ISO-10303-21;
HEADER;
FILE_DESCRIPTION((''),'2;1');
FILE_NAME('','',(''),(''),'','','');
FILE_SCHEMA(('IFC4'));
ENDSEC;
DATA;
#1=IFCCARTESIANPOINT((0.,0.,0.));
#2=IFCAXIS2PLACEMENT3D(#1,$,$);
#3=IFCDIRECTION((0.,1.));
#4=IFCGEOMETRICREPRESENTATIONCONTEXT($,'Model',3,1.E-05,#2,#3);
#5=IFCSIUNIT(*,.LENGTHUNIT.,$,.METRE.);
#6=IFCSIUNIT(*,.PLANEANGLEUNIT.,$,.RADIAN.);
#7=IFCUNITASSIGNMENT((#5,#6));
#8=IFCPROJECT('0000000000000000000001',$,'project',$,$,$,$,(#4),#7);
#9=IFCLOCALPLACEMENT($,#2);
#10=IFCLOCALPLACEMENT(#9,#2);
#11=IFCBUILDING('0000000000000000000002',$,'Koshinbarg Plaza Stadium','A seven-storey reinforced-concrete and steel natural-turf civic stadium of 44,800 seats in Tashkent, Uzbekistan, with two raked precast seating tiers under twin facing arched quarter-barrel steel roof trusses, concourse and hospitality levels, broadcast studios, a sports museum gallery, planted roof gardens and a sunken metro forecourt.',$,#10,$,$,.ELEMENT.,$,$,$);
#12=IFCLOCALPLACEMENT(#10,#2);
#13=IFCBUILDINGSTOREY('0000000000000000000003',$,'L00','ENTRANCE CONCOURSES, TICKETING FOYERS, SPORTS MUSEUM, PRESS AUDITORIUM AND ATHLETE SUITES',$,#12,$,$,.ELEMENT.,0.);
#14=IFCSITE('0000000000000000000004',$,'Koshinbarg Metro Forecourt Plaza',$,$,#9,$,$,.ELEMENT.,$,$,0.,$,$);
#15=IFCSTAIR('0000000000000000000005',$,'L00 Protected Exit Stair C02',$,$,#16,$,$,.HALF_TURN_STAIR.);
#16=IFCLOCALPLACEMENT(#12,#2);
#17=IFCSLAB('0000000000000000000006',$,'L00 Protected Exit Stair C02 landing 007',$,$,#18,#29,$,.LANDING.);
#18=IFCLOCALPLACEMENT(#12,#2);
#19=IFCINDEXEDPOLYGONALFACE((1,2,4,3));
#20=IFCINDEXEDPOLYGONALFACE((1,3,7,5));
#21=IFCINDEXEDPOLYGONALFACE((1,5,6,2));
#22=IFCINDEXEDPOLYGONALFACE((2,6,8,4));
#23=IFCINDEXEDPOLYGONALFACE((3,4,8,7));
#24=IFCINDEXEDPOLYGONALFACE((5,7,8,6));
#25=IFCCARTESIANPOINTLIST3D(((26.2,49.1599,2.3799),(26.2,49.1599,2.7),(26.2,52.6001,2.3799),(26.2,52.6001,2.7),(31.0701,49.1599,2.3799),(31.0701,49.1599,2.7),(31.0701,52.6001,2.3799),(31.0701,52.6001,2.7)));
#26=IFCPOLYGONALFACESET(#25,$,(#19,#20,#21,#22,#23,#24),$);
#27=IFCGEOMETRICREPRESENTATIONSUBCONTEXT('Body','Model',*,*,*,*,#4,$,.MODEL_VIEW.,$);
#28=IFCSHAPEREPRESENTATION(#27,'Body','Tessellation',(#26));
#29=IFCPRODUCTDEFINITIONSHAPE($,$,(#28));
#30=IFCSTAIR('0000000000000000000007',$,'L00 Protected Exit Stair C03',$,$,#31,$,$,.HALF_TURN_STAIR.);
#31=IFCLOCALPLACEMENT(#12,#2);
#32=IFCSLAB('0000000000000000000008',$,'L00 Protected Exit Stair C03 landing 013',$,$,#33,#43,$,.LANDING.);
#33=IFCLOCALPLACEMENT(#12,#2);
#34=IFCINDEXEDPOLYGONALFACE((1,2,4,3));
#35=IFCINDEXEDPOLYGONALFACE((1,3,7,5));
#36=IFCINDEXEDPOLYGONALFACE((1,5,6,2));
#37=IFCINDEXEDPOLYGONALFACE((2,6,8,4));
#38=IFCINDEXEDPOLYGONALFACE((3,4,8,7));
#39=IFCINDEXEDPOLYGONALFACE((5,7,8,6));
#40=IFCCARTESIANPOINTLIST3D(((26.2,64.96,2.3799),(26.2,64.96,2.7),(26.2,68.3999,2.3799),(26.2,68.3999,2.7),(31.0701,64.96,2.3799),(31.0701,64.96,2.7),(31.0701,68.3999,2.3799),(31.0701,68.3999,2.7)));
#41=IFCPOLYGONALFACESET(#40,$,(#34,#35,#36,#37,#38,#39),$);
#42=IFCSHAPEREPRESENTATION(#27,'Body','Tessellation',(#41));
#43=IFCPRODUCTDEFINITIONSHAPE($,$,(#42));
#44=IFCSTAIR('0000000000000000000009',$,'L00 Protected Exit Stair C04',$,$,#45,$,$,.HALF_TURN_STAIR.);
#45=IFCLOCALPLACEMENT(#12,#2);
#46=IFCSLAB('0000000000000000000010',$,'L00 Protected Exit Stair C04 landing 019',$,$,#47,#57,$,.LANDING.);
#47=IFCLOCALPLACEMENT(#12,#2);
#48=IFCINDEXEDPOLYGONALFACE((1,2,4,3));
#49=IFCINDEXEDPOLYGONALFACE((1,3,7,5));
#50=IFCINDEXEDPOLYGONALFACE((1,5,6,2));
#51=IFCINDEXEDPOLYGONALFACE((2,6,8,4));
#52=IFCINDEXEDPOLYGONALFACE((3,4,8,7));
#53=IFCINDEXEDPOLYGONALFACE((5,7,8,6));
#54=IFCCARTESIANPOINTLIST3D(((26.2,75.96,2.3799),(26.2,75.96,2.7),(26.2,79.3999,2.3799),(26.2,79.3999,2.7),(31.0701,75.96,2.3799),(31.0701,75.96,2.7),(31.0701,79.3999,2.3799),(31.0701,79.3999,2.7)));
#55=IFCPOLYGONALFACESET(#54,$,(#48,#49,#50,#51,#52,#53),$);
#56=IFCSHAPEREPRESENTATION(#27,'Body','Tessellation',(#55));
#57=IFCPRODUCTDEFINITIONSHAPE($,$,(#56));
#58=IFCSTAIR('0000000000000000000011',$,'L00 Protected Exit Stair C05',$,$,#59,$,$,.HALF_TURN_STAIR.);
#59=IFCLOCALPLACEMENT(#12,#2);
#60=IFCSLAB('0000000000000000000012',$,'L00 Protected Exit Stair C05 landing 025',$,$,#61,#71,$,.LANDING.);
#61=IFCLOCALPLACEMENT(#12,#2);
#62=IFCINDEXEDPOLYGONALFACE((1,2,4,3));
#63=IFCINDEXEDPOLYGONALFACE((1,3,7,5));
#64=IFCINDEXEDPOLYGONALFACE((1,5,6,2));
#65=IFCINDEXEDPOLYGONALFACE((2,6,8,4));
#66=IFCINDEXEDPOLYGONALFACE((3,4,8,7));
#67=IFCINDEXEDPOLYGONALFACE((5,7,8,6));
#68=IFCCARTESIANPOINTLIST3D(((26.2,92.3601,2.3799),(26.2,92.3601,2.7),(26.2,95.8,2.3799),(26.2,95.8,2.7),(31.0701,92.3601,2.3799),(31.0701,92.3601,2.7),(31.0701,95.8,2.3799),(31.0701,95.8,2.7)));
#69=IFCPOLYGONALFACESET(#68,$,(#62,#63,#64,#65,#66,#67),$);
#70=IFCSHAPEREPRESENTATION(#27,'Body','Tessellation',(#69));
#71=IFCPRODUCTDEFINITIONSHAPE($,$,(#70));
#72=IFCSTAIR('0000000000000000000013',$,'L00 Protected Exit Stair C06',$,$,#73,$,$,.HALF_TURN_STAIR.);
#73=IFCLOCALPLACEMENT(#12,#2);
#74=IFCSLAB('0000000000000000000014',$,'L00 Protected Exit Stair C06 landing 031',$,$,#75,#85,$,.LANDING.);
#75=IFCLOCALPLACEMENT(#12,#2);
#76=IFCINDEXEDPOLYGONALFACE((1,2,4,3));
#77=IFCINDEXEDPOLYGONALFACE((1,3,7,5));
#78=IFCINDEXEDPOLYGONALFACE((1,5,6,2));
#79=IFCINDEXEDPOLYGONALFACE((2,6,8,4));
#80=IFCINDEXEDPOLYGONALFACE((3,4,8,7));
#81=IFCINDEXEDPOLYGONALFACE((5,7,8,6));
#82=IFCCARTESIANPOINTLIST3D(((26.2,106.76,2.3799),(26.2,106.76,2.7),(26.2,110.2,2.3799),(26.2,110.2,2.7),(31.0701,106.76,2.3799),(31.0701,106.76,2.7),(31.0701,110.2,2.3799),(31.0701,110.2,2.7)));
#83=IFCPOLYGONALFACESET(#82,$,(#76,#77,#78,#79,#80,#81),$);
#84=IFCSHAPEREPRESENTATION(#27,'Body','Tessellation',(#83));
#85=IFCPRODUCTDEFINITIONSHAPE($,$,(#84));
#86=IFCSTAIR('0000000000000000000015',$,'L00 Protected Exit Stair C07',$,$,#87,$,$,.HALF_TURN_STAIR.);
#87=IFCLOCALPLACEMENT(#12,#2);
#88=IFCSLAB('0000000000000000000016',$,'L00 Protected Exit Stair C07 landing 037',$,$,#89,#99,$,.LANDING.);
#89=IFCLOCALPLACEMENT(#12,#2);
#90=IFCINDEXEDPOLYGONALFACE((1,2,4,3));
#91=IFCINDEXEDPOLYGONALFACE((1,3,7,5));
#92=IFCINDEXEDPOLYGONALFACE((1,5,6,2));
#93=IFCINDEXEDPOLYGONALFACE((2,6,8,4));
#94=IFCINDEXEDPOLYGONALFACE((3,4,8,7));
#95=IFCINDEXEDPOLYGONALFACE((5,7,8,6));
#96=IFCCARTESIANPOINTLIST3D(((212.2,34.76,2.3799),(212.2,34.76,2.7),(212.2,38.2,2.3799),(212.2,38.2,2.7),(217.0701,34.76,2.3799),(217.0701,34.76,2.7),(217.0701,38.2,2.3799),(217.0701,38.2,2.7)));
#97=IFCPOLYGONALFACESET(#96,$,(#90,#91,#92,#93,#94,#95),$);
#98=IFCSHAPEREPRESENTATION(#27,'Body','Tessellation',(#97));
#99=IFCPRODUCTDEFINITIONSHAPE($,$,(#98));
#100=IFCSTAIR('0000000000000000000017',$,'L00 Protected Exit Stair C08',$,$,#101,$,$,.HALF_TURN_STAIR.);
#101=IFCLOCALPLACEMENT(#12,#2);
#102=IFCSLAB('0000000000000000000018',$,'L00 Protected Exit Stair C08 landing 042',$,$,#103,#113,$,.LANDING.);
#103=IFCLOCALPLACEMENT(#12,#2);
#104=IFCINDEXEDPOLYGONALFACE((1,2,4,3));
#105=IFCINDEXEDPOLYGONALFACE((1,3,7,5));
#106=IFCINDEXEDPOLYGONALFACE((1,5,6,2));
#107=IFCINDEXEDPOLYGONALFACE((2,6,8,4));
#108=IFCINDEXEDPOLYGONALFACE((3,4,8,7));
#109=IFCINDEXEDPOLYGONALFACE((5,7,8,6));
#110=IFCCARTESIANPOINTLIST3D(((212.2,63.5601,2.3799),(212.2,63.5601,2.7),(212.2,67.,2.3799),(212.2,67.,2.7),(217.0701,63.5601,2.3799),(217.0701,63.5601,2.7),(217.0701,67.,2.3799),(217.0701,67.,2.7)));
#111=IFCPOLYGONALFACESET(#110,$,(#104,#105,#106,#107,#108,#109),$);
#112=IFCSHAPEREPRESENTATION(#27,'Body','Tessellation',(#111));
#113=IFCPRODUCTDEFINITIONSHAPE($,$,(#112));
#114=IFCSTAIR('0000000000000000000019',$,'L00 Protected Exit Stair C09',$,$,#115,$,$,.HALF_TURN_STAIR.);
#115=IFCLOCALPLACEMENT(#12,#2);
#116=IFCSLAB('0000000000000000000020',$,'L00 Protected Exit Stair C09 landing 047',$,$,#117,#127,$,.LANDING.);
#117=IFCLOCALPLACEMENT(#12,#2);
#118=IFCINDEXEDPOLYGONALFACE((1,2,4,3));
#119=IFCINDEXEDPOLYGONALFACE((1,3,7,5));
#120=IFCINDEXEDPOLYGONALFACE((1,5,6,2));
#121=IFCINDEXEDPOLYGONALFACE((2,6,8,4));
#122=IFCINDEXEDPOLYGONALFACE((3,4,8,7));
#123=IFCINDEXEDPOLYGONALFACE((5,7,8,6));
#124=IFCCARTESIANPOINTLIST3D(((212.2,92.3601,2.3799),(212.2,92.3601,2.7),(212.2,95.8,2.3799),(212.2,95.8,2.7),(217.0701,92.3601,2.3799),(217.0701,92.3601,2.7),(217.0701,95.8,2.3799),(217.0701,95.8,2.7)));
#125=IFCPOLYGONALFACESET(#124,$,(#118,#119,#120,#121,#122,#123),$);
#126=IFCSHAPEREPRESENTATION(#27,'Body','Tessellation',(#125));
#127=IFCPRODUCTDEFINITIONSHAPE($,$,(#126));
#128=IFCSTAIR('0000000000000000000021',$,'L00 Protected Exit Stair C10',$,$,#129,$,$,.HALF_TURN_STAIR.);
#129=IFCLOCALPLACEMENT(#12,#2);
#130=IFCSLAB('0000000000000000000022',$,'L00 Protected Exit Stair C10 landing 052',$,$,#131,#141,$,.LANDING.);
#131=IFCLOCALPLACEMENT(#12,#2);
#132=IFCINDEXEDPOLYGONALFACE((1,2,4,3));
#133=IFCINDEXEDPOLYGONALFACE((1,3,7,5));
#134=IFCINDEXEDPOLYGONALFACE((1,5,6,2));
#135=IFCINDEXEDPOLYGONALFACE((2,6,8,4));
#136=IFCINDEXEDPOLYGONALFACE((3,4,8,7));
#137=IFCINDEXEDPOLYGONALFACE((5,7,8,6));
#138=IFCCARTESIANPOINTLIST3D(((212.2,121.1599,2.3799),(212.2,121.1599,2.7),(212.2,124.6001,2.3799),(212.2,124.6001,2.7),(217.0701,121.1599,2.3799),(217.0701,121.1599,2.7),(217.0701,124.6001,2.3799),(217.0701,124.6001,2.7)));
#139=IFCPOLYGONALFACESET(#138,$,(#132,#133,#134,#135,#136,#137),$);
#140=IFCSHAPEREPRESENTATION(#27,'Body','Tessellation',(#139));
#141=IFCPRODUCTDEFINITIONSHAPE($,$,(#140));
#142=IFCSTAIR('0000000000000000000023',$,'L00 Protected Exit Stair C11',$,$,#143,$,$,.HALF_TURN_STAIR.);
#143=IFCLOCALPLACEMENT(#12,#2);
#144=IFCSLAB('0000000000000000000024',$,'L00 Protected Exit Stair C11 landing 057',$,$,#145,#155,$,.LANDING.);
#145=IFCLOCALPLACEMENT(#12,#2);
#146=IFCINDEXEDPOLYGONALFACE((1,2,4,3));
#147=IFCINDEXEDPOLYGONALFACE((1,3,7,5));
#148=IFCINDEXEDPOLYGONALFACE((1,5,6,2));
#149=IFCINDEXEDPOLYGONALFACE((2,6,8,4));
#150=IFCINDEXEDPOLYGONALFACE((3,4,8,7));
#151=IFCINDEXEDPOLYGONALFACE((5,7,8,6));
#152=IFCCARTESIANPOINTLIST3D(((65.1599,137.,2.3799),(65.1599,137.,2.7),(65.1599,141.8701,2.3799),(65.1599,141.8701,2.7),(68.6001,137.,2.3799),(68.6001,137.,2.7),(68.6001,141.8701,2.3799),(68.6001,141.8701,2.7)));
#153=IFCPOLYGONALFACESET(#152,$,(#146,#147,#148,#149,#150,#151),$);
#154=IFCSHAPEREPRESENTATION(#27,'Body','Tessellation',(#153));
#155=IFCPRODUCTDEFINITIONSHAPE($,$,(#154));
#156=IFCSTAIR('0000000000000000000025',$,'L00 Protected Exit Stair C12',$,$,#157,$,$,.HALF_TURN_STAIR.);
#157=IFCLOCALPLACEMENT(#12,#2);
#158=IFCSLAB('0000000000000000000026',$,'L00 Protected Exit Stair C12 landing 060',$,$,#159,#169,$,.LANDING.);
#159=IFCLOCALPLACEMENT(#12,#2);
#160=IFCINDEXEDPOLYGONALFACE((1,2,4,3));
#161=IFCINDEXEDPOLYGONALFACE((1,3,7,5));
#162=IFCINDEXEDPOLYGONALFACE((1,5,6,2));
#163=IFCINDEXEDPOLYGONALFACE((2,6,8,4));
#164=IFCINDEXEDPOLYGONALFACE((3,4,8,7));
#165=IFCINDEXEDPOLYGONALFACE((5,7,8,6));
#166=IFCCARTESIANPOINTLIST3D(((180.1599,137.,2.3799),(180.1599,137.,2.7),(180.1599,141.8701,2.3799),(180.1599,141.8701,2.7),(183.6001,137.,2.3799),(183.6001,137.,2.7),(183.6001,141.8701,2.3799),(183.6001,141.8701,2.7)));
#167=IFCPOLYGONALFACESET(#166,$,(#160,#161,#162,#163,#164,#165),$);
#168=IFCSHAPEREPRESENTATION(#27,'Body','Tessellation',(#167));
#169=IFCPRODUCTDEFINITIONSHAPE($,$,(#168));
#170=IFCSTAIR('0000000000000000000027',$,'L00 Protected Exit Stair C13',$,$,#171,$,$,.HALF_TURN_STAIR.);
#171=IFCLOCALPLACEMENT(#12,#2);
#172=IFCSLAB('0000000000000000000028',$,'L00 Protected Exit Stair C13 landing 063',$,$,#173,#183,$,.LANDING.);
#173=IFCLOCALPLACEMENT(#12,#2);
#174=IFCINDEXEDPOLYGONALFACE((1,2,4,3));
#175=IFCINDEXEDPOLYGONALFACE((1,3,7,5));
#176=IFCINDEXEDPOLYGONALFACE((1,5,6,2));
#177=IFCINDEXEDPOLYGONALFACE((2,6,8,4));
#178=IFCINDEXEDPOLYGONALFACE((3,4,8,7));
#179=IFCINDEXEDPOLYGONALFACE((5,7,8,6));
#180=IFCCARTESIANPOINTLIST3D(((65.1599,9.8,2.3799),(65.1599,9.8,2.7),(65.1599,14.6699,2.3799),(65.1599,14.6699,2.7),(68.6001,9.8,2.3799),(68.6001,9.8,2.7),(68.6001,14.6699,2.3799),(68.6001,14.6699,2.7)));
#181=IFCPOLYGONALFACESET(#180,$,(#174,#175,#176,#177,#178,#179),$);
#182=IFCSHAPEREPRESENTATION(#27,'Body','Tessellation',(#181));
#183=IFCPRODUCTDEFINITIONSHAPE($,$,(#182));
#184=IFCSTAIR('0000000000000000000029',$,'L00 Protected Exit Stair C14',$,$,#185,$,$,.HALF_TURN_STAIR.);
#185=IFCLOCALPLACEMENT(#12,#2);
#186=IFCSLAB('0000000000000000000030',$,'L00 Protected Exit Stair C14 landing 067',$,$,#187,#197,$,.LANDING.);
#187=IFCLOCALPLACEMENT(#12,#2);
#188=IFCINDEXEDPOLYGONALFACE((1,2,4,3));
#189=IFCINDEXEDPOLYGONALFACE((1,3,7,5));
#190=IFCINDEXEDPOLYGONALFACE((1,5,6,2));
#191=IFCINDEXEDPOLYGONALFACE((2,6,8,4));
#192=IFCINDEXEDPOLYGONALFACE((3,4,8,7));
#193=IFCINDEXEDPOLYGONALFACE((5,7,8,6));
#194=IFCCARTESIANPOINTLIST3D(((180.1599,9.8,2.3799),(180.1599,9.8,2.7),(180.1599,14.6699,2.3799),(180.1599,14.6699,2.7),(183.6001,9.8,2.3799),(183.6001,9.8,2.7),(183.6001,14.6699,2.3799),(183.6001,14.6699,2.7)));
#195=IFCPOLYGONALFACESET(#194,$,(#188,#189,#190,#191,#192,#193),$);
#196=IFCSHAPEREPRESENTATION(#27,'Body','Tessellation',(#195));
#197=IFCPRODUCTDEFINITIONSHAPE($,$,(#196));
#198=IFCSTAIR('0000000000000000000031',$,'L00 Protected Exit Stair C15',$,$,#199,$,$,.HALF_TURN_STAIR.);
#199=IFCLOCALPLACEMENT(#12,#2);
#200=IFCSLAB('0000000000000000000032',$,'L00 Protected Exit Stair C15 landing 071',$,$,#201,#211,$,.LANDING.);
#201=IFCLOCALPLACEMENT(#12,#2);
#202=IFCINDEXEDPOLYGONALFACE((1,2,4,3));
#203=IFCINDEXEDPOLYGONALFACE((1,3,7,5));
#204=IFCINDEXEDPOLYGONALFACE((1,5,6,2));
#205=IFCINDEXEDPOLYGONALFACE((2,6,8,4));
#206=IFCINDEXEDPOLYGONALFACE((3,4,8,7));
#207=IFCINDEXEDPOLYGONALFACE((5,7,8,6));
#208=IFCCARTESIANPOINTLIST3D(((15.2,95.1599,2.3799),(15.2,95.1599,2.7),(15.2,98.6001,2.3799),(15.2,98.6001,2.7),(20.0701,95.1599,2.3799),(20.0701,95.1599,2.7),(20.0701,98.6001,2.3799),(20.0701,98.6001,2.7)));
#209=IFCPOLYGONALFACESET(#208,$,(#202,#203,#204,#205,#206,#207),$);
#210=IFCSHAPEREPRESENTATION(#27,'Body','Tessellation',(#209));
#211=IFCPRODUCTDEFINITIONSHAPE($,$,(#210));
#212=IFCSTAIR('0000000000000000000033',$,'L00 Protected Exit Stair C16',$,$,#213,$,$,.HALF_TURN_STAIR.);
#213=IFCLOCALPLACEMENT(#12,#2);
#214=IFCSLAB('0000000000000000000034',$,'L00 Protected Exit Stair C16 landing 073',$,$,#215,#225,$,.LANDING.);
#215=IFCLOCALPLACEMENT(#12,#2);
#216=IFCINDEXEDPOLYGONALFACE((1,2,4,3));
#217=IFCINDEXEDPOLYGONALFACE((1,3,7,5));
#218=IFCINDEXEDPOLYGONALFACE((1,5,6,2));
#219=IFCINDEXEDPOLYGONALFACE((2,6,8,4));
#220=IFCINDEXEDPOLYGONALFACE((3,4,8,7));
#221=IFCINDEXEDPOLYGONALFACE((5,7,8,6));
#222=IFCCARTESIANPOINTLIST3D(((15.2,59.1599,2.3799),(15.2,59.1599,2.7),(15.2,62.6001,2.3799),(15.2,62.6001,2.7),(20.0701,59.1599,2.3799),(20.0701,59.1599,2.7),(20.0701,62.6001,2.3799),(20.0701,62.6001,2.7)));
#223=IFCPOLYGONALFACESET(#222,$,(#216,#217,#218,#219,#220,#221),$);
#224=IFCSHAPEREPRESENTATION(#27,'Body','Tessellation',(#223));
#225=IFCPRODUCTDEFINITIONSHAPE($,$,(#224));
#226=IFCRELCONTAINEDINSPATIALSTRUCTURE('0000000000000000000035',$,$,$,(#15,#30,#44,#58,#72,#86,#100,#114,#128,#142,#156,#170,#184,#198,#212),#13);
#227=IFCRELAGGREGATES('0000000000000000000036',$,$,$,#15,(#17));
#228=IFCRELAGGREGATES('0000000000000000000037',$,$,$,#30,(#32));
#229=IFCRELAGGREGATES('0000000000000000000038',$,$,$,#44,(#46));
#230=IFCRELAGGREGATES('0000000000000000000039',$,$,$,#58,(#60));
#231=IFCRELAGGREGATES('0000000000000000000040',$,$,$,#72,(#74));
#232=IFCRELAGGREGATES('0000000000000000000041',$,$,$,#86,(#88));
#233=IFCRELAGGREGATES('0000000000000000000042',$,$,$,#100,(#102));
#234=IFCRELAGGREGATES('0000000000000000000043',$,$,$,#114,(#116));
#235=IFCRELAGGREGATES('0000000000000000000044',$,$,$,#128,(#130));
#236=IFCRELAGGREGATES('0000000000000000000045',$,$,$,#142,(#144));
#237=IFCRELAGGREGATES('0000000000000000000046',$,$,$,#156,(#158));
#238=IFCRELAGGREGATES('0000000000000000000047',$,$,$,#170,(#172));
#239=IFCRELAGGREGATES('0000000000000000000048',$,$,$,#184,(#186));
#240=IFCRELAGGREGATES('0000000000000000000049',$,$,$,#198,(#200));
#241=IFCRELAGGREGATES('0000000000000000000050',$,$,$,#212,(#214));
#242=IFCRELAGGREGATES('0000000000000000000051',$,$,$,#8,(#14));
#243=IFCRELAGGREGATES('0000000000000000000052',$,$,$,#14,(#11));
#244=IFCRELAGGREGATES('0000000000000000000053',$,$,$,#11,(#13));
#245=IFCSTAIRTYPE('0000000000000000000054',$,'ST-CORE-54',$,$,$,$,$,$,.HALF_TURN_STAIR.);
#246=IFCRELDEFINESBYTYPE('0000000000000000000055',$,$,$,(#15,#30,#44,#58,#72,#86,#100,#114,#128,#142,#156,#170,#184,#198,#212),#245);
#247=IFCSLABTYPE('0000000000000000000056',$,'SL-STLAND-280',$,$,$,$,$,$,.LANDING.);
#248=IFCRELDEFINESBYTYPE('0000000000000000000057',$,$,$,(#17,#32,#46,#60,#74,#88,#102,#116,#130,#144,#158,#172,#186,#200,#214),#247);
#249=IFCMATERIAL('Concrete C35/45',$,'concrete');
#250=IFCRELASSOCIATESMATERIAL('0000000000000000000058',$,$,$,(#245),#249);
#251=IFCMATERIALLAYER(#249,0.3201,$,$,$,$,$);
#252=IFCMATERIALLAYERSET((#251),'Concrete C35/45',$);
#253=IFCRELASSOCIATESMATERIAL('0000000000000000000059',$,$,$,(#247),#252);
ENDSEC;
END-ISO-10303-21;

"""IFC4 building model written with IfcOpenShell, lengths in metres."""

from ifc_helpers import new_model, si_unit, direction, frame, origin, place, context, subcontext, project, spatial, polyline, outline, extrude, material, layer, layer_set, type_object, element, aggregate, save


model = new_model("IFC4")

# Units and contexts
model_context = context("Model", 3, precision=1e-05, world=origin(), true_north=direction((0.0, 1.0)))
body_context = subcontext(model_context, "Body", "Model", "MODEL_VIEW")
ifc_project = project(units=[si_unit("LENGTHUNIT", "METRE"), si_unit("PLANEANGLEUNIT", "RADIAN")], contexts=[model_context])

# Site, building, storey
site_placement = place(None, origin())
site = spatial("IfcSite", under=ifc_project, at=site_placement, Name="Koshinbarg Metro Forecourt Plaza", CompositionType="ELEMENT", RefElevation=0.0)
building_placement = place(site_placement, origin())
building = spatial("IfcBuilding", under=site, at=building_placement, Name="Koshinbarg Plaza Stadium", Description="A seven-storey reinforced-concrete and steel natural-turf civic stadium of 44,800 seats in Tashkent, Uzbekistan, with two raked precast seating tiers under twin facing arched quarter-barrel steel roof trusses, concourse and hospitality levels, broadcast studios, a sports museum gallery, planted roof gardens and a sunken metro forecourt.", CompositionType="ELEMENT")
storey_placement = place(building_placement, origin())
storey = spatial("IfcBuildingStorey", under=building, at=storey_placement, Name="L00", Description="ENTRANCE CONCOURSES, TICKETING FOYERS, SPORTS MUSEUM, PRESS AUDITORIUM AND ATHLETE SUITES", CompositionType="ELEMENT", Elevation=0.0)

# Stairs, slabs
ifc_material = material(Name="Concrete C35/45", Category="concrete")
stair_type_1 = type_object("IfcStairType", Name="ST-CORE-54", PredefinedType="HALF_TURN_STAIR", material=ifc_material)
stair_1_placement = place(storey_placement, origin())
stair_1 = element("IfcStair", 1, at=stair_1_placement, inside=storey, type_object=stair_type_1, Name="L00 Protected Exit Stair C02", PredefinedType="HALF_TURN_STAIR")
ifc_layer = layer(ifc_material, 0.3201)
ifc_layer_set = layer_set([ifc_layer], Name="Concrete C35/45")
slab_type = type_object("IfcSlabType", Name="SL-STLAND-280", PredefinedType="LANDING", material=ifc_layer_set)
slab_1_placement = place(storey_placement, frame((0.0, 0.0, 2.3799)))
slab_1 = element("IfcSlab", 2, at=slab_1_placement, type_object=slab_type, Name="L00 Protected Exit Stair C02 landing 007", PredefinedType="LANDING", context=body_context, shape_type="SweptSolid", body=[
    extrude(outline(polyline([(31.0701, 49.1599), (31.0701, 52.6001), (26.2, 52.6001), (26.2, 49.1599), (31.0701, 49.1599)])), origin(), (0.0, 0.0, 1.0), 0.3201),
])
aggregate(stair_1, [slab_1])
stair_2_placement = place(storey_placement, origin())
stair_2 = element("IfcStair", 3, at=stair_2_placement, inside=storey, type_object=stair_type_1, Name="L00 Protected Exit Stair C03", PredefinedType="HALF_TURN_STAIR")
slab_2_placement = place(storey_placement, frame((0.0, 0.0, 2.3799)))
slab_2 = element("IfcSlab", 4, at=slab_2_placement, type_object=slab_type, Name="L00 Protected Exit Stair C03 landing 013", PredefinedType="LANDING", context=body_context, shape_type="SweptSolid", body=[
    extrude(outline(polyline([(31.0701, 64.96), (31.0701, 68.3999), (26.2, 68.3999), (26.2, 64.96), (31.0701, 64.96)])), origin(), (0.0, 0.0, 1.0), 0.3201),
])
aggregate(stair_2, [slab_2])
stair_3_placement = place(storey_placement, origin())
stair_3 = element("IfcStair", 5, at=stair_3_placement, inside=storey, type_object=stair_type_1, Name="L00 Protected Exit Stair C04", PredefinedType="HALF_TURN_STAIR")
slab_3_placement = place(storey_placement, frame((0.0, 0.0, 2.3799)))
slab_3 = element("IfcSlab", 6, at=slab_3_placement, type_object=slab_type, Name="L00 Protected Exit Stair C04 landing 019", PredefinedType="LANDING", context=body_context, shape_type="SweptSolid", body=[
    extrude(outline(polyline([(31.0701, 75.96), (31.0701, 79.3999), (26.2, 79.3999), (26.2, 75.96), (31.0701, 75.96)])), origin(), (0.0, 0.0, 1.0), 0.3201),
])
aggregate(stair_3, [slab_3])
stair_4_placement = place(storey_placement, origin())
stair_4 = element("IfcStair", 7, at=stair_4_placement, inside=storey, type_object=stair_type_1, Name="L00 Protected Exit Stair C05", PredefinedType="HALF_TURN_STAIR")
slab_4_placement = place(storey_placement, frame((0.0, 0.0, 2.3799)))
slab_4 = element("IfcSlab", 8, at=slab_4_placement, type_object=slab_type, Name="L00 Protected Exit Stair C05 landing 025", PredefinedType="LANDING", context=body_context, shape_type="SweptSolid", body=[
    extrude(outline(polyline([(31.0701, 92.3601), (31.0701, 95.8), (26.2, 95.8), (26.2, 92.3601), (31.0701, 92.3601)])), origin(), (0.0, 0.0, 1.0), 0.3201),
])
aggregate(stair_4, [slab_4])
stair_5_placement = place(storey_placement, origin())
stair_5 = element("IfcStair", 9, at=stair_5_placement, inside=storey, type_object=stair_type_1, Name="L00 Protected Exit Stair C06", PredefinedType="HALF_TURN_STAIR")
slab_5_placement = place(storey_placement, frame((0.0, 0.0, 2.3799)))
slab_5 = element("IfcSlab", 10, at=slab_5_placement, type_object=slab_type, Name="L00 Protected Exit Stair C06 landing 031", PredefinedType="LANDING", context=body_context, shape_type="SweptSolid", body=[
    extrude(outline(polyline([(31.0701, 106.76), (31.0701, 110.2), (26.2, 110.2), (26.2, 106.76), (31.0701, 106.76)])), origin(), (0.0, 0.0, 1.0), 0.3201),
])
aggregate(stair_5, [slab_5])
stair_6_placement = place(storey_placement, origin())
stair_6 = element("IfcStair", 11, at=stair_6_placement, inside=storey, type_object=stair_type_1, Name="L00 Protected Exit Stair C07", PredefinedType="HALF_TURN_STAIR")
slab_6_placement = place(storey_placement, frame((0.0, 0.0, 2.3799)))
slab_6 = element("IfcSlab", 12, at=slab_6_placement, type_object=slab_type, Name="L00 Protected Exit Stair C07 landing 037", PredefinedType="LANDING", context=body_context, shape_type="SweptSolid", body=[
    extrude(outline(polyline([(217.0701, 34.76), (217.0701, 38.2), (212.2, 38.2), (212.2, 34.76), (217.0701, 34.76)])), origin(), (0.0, 0.0, 1.0), 0.3201),
])
aggregate(stair_6, [slab_6])
stair_7_placement = place(storey_placement, origin())
stair_7 = element("IfcStair", 13, at=stair_7_placement, inside=storey, type_object=stair_type_1, Name="L00 Protected Exit Stair C08", PredefinedType="HALF_TURN_STAIR")
slab_7_placement = place(storey_placement, frame((0.0, 0.0, 2.3799)))
slab_7 = element("IfcSlab", 14, at=slab_7_placement, type_object=slab_type, Name="L00 Protected Exit Stair C08 landing 042", PredefinedType="LANDING", context=body_context, shape_type="SweptSolid", body=[
    extrude(outline(polyline([(217.0701, 63.5601), (217.0701, 67.0), (212.2, 67.0), (212.2, 63.5601), (217.0701, 63.5601)])), origin(), (0.0, 0.0, 1.0), 0.3201),
])
aggregate(stair_7, [slab_7])
stair_8_placement = place(storey_placement, origin())
stair_8 = element("IfcStair", 15, at=stair_8_placement, inside=storey, type_object=stair_type_1, Name="L00 Protected Exit Stair C09", PredefinedType="HALF_TURN_STAIR")
slab_8_placement = place(storey_placement, frame((0.0, 0.0, 2.3799)))
slab_8 = element("IfcSlab", 16, at=slab_8_placement, type_object=slab_type, Name="L00 Protected Exit Stair C09 landing 047", PredefinedType="LANDING", context=body_context, shape_type="SweptSolid", body=[
    extrude(outline(polyline([(217.0701, 92.3601), (217.0701, 95.8), (212.2, 95.8), (212.2, 92.3601), (217.0701, 92.3601)])), origin(), (0.0, 0.0, 1.0), 0.3201),
])
aggregate(stair_8, [slab_8])
stair_9_placement = place(storey_placement, origin())
stair_9 = element("IfcStair", 17, at=stair_9_placement, inside=storey, type_object=stair_type_1, Name="L00 Protected Exit Stair C10", PredefinedType="HALF_TURN_STAIR")
slab_9_placement = place(storey_placement, frame((0.0, 0.0, 2.3799)))
slab_9 = element("IfcSlab", 18, at=slab_9_placement, type_object=slab_type, Name="L00 Protected Exit Stair C10 landing 052", PredefinedType="LANDING", context=body_context, shape_type="SweptSolid", body=[
    extrude(outline(polyline([(217.0701, 121.1599), (217.0701, 124.6001), (212.2, 124.6001), (212.2, 121.1599), (217.0701, 121.1599)])), origin(), (0.0, 0.0, 1.0), 0.3201),
])
aggregate(stair_9, [slab_9])
stair_10_placement = place(storey_placement, origin())
stair_10 = element("IfcStair", 19, at=stair_10_placement, inside=storey, type_object=stair_type_1, Name="L00 Protected Exit Stair C11", PredefinedType="HALF_TURN_STAIR")
slab_10_placement = place(storey_placement, frame((0.0, 0.0, 2.3799)))
slab_10 = element("IfcSlab", 20, at=slab_10_placement, type_object=slab_type, Name="L00 Protected Exit Stair C11 landing 057", PredefinedType="LANDING", context=body_context, shape_type="SweptSolid", body=[
    extrude(outline(polyline([(65.1599, 137.0), (68.6001, 137.0), (68.6001, 141.8701), (65.1599, 141.8701), (65.1599, 137.0)])), origin(), (0.0, 0.0, 1.0), 0.3201),
])
aggregate(stair_10, [slab_10])
stair_11_placement = place(storey_placement, origin())
stair_11 = element("IfcStair", 21, at=stair_11_placement, inside=storey, type_object=stair_type_1, Name="L00 Protected Exit Stair C12", PredefinedType="HALF_TURN_STAIR")
slab_11_placement = place(storey_placement, frame((0.0, 0.0, 2.3799)))
slab_11 = element("IfcSlab", 22, at=slab_11_placement, type_object=slab_type, Name="L00 Protected Exit Stair C12 landing 060", PredefinedType="LANDING", context=body_context, shape_type="SweptSolid", body=[
    extrude(outline(polyline([(180.1599, 137.0), (183.6001, 137.0), (183.6001, 141.8701), (180.1599, 141.8701), (180.1599, 137.0)])), origin(), (0.0, 0.0, 1.0), 0.3201),
])
aggregate(stair_11, [slab_11])
stair_12_placement = place(storey_placement, origin())
stair_12 = element("IfcStair", 23, at=stair_12_placement, inside=storey, type_object=stair_type_1, Name="L00 Protected Exit Stair C13", PredefinedType="HALF_TURN_STAIR")
slab_12_placement = place(storey_placement, frame((0.0, 0.0, 2.3799)))
slab_12 = element("IfcSlab", 24, at=slab_12_placement, type_object=slab_type, Name="L00 Protected Exit Stair C13 landing 063", PredefinedType="LANDING", context=body_context, shape_type="SweptSolid", body=[
    extrude(outline(polyline([(65.1599, 9.8), (68.6001, 9.8), (68.6001, 14.6699), (65.1599, 14.6699), (65.1599, 9.8)])), origin(), (0.0, 0.0, 1.0), 0.3201),
])
aggregate(stair_12, [slab_12])
stair_13_placement = place(storey_placement, origin())
stair_13 = element("IfcStair", 25, at=stair_13_placement, inside=storey, type_object=stair_type_1, Name="L00 Protected Exit Stair C14", PredefinedType="HALF_TURN_STAIR")
slab_13_placement = place(storey_placement, frame((0.0, 0.0, 2.3799)))
slab_13 = element("IfcSlab", 26, at=slab_13_placement, type_object=slab_type, Name="L00 Protected Exit Stair C14 landing 067", PredefinedType="LANDING", context=body_context, shape_type="SweptSolid", body=[
    extrude(outline(polyline([(180.1599, 9.8), (183.6001, 9.8), (183.6001, 14.6699), (180.1599, 14.6699), (180.1599, 9.8)])), origin(), (0.0, 0.0, 1.0), 0.3201),
])
aggregate(stair_13, [slab_13])
stair_14_placement = place(storey_placement, origin())
stair_14 = element("IfcStair", 27, at=stair_14_placement, inside=storey, type_object=stair_type_1, Name="L00 Protected Exit Stair C15", PredefinedType="HALF_TURN_STAIR")
slab_14_placement = place(storey_placement, frame((0.0, 0.0, 2.3799)))
slab_14 = element("IfcSlab", 28, at=slab_14_placement, type_object=slab_type, Name="L00 Protected Exit Stair C15 landing 071", PredefinedType="LANDING", context=body_context, shape_type="SweptSolid", body=[
    extrude(outline(polyline([(20.0701, 95.1599), (20.0701, 98.6001), (15.2, 98.6001), (15.2, 95.1599), (20.0701, 95.1599)])), origin(), (0.0, 0.0, 1.0), 0.3201),
])
aggregate(stair_14, [slab_14])
stair_15_placement = place(storey_placement, origin())
stair_15 = element("IfcStair", 29, at=stair_15_placement, inside=storey, type_object=stair_type_1, Name="L00 Protected Exit Stair C16", PredefinedType="HALF_TURN_STAIR")
slab_15_placement = place(storey_placement, frame((0.0, 0.0, 2.3799)))
slab_15 = element("IfcSlab", 30, at=slab_15_placement, type_object=slab_type, Name="L00 Protected Exit Stair C16 landing 073", PredefinedType="LANDING", context=body_context, shape_type="SweptSolid", body=[
    extrude(outline(polyline([(20.0701, 59.1599), (20.0701, 62.6001), (15.2, 62.6001), (15.2, 59.1599), (20.0701, 59.1599)])), origin(), (0.0, 0.0, 1.0), 0.3201),
])
aggregate(stair_15, [slab_15])

save(model, "model.ifc")
